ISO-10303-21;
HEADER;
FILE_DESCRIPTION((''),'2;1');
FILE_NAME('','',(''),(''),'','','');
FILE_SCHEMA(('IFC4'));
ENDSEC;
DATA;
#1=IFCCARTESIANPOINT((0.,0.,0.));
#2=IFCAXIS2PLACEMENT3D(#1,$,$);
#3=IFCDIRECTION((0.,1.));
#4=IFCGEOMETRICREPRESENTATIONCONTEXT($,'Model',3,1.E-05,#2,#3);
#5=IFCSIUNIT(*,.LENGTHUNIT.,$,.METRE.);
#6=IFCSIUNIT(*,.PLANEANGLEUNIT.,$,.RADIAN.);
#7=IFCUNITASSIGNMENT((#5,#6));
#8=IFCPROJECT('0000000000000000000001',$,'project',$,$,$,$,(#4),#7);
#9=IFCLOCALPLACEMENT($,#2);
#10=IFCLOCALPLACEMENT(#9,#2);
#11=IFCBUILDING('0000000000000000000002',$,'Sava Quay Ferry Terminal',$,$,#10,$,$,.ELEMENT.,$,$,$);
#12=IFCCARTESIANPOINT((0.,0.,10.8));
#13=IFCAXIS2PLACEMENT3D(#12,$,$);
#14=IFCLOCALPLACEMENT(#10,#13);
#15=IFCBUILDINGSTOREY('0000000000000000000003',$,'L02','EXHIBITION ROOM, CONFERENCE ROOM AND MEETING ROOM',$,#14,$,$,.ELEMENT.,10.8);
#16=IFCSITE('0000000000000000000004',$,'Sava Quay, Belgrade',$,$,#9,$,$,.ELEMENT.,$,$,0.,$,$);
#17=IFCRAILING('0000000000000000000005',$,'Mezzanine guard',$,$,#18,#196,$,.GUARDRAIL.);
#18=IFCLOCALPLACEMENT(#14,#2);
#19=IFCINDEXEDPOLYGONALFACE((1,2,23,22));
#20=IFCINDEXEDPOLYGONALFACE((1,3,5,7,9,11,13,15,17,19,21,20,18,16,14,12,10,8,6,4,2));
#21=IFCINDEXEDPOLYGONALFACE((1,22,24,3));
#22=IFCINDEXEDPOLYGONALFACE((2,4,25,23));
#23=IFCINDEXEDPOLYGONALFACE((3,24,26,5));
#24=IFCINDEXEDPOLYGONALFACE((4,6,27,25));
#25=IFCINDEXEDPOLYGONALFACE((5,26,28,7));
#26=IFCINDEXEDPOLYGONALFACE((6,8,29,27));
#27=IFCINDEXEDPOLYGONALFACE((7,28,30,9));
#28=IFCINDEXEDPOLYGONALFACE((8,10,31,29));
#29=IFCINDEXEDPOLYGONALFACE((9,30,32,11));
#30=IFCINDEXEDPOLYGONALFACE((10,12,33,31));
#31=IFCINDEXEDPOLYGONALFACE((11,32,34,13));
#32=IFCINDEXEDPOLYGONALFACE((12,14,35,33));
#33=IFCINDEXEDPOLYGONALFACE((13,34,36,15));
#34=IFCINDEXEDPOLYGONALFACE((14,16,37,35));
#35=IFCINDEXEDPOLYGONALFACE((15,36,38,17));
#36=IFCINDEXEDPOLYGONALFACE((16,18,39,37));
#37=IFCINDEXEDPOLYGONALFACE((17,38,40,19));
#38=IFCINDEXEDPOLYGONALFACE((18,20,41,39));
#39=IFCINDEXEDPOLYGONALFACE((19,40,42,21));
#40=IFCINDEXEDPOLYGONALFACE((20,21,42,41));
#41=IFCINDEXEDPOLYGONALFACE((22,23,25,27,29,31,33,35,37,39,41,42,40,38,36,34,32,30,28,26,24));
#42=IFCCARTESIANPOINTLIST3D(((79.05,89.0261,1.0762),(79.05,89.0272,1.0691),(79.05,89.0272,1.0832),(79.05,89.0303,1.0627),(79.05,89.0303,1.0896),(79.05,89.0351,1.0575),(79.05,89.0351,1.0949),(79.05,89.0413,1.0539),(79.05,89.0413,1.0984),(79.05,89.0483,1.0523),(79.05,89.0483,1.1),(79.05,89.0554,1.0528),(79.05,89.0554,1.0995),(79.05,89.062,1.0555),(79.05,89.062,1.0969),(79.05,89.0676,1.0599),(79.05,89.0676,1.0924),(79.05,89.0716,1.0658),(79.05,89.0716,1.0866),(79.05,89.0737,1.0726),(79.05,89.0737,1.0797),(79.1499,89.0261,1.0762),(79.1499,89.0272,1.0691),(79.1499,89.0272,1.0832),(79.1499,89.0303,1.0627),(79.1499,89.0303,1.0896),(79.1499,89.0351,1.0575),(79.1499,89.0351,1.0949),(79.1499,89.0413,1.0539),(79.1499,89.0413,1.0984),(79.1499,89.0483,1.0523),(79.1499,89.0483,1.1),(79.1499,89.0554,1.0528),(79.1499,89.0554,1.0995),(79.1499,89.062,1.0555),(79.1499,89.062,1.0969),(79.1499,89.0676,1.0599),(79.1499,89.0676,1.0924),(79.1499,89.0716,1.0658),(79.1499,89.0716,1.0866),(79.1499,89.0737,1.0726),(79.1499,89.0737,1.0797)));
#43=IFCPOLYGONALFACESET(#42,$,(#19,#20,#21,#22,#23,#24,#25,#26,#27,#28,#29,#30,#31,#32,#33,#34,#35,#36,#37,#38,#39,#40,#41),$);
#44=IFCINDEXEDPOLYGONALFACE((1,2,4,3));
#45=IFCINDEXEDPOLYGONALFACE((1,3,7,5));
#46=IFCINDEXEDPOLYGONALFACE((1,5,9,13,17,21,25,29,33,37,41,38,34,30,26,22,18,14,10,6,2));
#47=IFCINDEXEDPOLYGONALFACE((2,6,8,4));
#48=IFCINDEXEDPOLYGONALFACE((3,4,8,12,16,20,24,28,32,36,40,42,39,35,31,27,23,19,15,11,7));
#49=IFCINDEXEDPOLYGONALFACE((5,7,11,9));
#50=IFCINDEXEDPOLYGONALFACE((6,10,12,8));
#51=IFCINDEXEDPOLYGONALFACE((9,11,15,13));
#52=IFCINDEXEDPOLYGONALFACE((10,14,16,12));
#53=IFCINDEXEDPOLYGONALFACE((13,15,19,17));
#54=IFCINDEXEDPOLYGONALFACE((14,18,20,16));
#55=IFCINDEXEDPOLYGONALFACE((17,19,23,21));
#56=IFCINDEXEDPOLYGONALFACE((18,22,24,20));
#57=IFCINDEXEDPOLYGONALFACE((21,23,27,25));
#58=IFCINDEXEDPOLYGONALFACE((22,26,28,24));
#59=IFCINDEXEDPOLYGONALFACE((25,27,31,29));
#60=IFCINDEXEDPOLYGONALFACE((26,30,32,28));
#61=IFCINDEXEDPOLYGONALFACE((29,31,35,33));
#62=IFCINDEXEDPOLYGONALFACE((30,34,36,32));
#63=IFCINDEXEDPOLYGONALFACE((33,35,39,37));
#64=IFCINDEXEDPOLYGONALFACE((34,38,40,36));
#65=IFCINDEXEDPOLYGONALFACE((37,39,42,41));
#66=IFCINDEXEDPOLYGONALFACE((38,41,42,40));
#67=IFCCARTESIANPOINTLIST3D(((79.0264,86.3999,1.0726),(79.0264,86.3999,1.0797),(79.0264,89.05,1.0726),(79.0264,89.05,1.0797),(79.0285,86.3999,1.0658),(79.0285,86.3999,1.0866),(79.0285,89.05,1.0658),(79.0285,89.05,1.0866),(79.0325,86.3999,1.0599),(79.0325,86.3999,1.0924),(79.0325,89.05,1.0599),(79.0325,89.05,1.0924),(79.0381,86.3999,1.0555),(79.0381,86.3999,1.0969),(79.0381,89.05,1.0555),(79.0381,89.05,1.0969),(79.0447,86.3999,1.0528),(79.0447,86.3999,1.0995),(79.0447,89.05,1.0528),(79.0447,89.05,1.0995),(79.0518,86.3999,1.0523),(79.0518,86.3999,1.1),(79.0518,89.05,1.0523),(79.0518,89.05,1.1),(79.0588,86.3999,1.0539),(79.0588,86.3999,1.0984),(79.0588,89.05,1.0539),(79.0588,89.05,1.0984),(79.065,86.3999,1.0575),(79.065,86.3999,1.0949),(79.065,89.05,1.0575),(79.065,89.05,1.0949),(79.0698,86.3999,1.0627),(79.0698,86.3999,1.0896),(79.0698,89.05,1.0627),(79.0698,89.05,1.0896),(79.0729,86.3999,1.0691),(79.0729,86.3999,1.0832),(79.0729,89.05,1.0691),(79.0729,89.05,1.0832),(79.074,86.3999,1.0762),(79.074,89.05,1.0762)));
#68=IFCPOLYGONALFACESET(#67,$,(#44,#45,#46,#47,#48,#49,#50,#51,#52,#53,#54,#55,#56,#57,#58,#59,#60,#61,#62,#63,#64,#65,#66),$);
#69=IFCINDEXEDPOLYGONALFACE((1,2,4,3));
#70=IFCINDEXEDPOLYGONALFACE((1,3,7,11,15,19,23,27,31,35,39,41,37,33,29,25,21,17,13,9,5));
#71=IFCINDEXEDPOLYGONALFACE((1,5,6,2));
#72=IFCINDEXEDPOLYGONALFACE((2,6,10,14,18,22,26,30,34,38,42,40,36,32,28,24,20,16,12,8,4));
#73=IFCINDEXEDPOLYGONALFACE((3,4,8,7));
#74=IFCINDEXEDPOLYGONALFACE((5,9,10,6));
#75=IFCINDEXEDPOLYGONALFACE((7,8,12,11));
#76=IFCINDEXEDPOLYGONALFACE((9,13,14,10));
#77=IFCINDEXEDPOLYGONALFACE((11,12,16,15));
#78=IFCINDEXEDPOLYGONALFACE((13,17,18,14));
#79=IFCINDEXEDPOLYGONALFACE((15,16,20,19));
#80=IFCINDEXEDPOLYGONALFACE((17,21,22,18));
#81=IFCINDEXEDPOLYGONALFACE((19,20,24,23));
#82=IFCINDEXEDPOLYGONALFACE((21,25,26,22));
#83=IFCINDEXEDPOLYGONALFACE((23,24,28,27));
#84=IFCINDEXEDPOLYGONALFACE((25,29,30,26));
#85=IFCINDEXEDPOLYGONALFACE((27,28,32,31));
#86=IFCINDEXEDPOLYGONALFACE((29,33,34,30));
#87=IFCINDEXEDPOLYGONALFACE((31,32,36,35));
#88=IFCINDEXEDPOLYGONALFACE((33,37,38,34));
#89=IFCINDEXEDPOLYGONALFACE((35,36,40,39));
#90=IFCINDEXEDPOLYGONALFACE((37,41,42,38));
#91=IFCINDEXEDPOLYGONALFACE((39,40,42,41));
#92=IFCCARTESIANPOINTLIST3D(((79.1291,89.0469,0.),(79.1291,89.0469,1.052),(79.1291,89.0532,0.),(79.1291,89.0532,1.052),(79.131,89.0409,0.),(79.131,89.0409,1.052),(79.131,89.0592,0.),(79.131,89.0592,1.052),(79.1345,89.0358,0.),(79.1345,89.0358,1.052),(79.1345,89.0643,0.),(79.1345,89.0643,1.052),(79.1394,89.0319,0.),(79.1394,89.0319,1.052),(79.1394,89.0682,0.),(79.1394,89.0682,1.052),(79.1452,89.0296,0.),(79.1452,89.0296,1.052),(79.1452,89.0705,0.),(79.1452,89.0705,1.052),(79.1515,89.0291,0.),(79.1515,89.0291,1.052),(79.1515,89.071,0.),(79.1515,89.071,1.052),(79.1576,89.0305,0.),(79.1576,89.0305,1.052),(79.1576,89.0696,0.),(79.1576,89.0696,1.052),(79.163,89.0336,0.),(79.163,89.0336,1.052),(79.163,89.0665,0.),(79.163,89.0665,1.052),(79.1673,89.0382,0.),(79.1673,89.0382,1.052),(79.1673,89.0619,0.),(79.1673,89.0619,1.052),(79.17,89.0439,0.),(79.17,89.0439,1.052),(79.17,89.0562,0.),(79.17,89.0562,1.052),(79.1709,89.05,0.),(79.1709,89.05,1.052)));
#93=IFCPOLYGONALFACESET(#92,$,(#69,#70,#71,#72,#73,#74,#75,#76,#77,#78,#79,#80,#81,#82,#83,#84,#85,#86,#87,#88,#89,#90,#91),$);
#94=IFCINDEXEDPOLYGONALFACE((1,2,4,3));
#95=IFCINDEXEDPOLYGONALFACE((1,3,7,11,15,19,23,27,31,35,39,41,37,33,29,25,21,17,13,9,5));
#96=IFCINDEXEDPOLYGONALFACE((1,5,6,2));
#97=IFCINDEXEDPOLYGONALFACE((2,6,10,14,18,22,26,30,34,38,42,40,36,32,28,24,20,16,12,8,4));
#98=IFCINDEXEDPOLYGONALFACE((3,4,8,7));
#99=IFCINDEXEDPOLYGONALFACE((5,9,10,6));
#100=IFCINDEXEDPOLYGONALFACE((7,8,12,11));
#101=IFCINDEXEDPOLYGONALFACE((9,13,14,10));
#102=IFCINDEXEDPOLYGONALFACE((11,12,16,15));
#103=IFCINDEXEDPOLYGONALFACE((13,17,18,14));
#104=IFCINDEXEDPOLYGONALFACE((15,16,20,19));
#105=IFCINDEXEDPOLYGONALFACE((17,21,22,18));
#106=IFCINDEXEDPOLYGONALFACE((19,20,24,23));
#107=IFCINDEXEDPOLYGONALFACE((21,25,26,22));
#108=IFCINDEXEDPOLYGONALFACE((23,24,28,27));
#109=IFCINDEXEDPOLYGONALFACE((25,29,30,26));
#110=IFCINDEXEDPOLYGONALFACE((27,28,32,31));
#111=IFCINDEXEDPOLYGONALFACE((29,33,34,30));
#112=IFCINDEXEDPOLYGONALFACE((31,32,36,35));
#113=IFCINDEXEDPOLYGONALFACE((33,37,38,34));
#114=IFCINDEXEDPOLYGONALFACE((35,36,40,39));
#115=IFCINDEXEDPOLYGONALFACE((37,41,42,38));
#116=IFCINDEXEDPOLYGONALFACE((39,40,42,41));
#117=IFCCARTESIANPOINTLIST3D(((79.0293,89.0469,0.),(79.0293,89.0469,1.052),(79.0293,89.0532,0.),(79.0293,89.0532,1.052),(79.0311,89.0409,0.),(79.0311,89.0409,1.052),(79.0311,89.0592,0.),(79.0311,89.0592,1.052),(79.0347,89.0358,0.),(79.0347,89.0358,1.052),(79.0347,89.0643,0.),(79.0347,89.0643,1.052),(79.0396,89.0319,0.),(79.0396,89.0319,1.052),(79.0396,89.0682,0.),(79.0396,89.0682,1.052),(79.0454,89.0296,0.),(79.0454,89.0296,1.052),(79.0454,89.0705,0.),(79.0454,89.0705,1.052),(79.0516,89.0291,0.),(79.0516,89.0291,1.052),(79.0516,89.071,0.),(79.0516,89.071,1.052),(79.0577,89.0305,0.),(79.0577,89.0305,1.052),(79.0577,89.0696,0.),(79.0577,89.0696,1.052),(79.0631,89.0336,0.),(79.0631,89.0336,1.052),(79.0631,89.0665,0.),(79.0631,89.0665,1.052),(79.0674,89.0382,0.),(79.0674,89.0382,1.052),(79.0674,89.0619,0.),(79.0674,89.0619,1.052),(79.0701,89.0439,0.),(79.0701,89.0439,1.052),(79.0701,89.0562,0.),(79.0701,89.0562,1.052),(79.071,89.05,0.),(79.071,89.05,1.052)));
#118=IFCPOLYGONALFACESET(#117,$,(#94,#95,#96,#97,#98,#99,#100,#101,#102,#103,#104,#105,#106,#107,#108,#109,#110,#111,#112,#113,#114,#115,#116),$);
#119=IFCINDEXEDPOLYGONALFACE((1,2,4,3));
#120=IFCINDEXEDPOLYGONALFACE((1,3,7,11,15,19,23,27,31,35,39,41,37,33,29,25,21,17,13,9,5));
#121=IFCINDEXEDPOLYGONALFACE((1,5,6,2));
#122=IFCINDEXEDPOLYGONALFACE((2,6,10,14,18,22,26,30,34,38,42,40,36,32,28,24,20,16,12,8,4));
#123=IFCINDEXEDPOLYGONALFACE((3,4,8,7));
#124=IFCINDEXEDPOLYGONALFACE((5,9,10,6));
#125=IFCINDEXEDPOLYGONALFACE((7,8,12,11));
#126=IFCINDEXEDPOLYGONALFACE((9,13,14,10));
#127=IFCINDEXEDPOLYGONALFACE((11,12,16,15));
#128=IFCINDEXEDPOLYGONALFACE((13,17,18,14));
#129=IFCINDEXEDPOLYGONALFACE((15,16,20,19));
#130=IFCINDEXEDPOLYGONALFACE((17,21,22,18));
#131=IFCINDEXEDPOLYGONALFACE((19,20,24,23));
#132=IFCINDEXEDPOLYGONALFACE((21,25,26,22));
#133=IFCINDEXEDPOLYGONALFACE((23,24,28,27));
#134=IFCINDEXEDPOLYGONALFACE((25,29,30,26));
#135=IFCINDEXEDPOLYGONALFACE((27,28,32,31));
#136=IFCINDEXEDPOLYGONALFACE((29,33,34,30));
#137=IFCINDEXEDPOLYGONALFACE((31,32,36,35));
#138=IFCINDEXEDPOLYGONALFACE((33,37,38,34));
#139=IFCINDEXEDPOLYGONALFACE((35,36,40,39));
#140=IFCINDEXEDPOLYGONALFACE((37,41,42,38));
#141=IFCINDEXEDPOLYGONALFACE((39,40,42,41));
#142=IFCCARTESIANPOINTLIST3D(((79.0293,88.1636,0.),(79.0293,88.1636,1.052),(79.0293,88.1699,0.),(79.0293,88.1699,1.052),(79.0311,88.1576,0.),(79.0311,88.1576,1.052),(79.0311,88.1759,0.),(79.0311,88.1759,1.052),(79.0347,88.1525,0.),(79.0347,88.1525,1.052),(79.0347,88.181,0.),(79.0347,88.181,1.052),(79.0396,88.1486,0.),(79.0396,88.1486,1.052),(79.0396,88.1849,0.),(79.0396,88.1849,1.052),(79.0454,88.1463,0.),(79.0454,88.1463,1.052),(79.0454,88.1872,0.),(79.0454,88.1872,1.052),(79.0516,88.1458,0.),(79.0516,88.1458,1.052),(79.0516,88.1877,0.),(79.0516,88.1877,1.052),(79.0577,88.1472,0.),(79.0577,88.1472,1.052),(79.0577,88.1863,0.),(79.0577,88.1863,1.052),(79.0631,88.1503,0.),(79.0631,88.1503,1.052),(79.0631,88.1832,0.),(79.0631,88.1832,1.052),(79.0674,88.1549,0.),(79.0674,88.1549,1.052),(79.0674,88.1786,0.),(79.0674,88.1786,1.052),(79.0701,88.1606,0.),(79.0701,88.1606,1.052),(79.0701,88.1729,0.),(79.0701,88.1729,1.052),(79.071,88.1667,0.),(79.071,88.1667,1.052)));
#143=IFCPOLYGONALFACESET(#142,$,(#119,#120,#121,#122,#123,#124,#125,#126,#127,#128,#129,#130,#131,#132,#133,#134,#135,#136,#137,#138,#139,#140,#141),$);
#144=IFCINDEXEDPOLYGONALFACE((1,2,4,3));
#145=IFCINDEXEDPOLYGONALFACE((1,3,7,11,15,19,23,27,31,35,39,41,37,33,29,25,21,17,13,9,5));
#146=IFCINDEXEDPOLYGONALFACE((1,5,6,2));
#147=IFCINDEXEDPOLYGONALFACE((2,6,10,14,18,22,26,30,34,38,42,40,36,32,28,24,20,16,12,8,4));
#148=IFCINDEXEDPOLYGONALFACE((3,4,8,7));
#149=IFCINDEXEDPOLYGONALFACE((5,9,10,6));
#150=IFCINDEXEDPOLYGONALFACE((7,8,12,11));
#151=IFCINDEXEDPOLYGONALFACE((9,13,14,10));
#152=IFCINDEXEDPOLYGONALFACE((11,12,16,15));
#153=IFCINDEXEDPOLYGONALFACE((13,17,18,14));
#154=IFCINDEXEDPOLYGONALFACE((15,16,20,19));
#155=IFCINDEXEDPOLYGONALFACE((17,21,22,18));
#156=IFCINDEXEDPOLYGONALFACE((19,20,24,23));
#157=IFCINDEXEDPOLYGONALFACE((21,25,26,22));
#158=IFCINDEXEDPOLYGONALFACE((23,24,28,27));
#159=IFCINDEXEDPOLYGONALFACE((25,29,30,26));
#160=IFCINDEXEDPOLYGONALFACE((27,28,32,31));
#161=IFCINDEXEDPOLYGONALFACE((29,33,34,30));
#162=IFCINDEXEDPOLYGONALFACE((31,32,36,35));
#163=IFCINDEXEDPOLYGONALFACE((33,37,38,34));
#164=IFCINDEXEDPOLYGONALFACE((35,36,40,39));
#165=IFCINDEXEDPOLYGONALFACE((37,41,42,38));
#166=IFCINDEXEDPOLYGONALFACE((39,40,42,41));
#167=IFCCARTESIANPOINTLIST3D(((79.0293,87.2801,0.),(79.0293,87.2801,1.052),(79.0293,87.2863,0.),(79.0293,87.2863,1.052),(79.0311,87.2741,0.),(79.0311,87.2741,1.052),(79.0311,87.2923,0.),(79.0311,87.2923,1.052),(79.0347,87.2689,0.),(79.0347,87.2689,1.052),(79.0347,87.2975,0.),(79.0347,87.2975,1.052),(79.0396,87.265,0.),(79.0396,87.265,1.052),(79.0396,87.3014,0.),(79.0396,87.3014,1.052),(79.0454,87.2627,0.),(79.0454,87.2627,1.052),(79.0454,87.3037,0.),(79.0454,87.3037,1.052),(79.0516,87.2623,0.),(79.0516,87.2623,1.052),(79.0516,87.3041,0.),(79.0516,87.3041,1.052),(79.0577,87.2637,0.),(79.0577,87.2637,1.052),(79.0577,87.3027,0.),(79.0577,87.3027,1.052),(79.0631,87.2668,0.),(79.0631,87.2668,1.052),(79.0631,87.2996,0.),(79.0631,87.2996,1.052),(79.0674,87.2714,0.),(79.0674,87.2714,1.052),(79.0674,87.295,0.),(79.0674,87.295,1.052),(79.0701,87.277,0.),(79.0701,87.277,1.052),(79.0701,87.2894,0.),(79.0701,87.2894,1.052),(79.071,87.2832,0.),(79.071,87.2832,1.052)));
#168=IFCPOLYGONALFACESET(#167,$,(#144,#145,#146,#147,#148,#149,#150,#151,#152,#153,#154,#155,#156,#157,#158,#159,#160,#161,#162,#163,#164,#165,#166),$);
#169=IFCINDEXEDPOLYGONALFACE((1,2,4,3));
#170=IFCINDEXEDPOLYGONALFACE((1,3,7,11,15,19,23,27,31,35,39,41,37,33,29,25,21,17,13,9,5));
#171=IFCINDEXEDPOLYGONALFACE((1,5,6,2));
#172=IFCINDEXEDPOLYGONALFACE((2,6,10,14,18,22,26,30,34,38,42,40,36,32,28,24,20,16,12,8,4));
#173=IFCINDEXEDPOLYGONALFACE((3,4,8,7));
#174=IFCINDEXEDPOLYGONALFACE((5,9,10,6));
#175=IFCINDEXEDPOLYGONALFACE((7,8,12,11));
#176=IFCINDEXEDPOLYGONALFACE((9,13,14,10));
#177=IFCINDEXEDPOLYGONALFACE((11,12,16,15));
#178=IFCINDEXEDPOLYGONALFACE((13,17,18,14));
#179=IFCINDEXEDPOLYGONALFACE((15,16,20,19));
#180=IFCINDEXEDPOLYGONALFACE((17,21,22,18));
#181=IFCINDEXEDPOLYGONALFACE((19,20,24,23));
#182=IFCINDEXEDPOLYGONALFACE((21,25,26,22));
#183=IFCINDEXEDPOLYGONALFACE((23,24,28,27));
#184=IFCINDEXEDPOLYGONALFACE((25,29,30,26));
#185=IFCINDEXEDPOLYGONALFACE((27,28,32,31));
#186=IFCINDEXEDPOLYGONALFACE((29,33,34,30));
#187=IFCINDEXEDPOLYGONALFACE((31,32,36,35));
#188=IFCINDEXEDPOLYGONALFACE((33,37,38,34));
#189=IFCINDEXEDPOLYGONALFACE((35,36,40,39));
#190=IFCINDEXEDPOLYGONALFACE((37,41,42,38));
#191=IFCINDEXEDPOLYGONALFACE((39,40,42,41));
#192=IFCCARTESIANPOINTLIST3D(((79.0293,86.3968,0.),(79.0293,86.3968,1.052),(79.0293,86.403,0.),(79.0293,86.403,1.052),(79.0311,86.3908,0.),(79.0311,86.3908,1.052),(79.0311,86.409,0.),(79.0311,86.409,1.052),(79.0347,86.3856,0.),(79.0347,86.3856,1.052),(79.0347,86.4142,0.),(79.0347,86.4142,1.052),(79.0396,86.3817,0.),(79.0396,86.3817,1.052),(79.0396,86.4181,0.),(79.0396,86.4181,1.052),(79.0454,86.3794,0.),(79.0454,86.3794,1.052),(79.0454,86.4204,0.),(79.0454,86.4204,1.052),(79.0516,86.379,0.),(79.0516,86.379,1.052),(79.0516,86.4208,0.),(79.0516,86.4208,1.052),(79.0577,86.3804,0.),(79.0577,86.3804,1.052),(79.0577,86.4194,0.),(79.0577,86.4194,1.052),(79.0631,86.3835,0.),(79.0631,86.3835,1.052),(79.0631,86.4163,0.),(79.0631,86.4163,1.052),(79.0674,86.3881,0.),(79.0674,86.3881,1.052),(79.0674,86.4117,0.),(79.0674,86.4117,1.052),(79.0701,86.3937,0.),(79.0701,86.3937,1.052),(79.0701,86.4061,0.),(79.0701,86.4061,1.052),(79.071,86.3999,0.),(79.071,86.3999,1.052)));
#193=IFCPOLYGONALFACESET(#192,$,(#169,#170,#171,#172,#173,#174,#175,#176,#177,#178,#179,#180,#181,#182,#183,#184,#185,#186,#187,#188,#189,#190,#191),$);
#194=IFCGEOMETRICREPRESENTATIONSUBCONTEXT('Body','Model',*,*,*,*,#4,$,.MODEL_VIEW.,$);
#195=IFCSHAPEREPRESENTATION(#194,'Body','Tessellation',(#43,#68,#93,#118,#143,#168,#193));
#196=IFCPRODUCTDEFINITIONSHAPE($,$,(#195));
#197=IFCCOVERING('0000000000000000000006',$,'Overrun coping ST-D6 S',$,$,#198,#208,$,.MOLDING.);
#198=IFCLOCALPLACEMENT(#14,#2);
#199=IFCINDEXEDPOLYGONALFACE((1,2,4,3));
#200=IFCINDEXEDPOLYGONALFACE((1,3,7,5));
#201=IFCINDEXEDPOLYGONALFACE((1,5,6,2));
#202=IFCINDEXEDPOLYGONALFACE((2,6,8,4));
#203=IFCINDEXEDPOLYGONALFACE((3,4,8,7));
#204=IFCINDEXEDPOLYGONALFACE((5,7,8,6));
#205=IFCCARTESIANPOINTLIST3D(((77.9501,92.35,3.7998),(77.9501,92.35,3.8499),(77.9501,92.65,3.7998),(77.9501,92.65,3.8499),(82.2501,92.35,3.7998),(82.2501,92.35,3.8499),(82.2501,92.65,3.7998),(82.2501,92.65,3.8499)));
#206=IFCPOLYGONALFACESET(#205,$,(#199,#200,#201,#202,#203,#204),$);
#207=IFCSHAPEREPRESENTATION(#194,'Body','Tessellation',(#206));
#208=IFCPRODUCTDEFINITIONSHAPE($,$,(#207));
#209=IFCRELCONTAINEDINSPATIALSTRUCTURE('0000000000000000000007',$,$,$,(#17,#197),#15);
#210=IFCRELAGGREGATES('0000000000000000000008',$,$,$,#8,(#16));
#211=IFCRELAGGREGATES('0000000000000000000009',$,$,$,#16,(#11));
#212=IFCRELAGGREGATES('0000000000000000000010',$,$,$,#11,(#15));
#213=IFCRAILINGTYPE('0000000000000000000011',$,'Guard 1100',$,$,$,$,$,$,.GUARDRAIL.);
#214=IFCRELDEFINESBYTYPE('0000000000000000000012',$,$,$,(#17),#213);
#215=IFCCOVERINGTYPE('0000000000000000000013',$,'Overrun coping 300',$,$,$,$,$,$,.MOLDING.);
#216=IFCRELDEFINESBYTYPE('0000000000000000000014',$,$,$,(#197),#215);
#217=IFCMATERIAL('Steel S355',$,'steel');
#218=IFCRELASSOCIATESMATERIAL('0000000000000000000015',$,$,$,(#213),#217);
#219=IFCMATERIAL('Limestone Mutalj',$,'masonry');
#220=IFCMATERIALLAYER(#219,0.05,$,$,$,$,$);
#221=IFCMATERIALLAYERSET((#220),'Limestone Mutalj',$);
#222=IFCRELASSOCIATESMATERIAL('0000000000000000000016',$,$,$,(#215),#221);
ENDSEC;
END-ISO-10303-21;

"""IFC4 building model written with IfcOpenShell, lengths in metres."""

from ifc_helpers import new_model, si_unit, direction, frame, origin, origin_2d, place, context, subcontext, project, spatial, rectangle, circle, extrude, material, layer, layer_set, type_object, element, save


model = new_model("IFC4")

# Units and contexts
model_context = context("Model", 3, precision=1e-05, world=origin(), true_north=direction((0.0, 1.0)))
body_context = subcontext(model_context, "Body", "Model", "MODEL_VIEW")
ifc_project = project(units=[si_unit("LENGTHUNIT", "METRE"), si_unit("PLANEANGLEUNIT", "RADIAN")], contexts=[model_context])

# Site, building, storey
site_placement = place(None, origin())
site = spatial("IfcSite", under=ifc_project, at=site_placement, Name="Sava Quay, Belgrade", CompositionType="ELEMENT", RefElevation=0.0)
building_placement = place(site_placement, origin())
building = spatial("IfcBuilding", under=site, at=building_placement, Name="Sava Quay Ferry Terminal", CompositionType="ELEMENT")
storey_placement = place(building_placement, frame((0.0, 0.0, 10.8)))
storey = spatial("IfcBuildingStorey", under=building, at=storey_placement, Name="L02", Description="EXHIBITION ROOM, CONFERENCE ROOM AND MEETING ROOM", CompositionType="ELEMENT", Elevation=10.8)

# Railing
ifc_material_1 = material(Name="Steel S355", Category="steel")
railing_type = type_object("IfcRailingType", Name="Guard 1100", PredefinedType="GUARDRAIL", material=ifc_material_1)
railing_1_placement = place(storey_placement, frame((79.1499, 89.05, 0.0)))
element("IfcRailing", 1, at=railing_1_placement, inside=storey, type_object=railing_type, Name="Mezzanine guard", PredefinedType="GUARDRAIL", context=body_context, shape_type="SweptSolid", body=[
    extrude(circle(Radius=0.0239, at=origin_2d()), frame((0.0, 0.0, 1.0762), z_axis=(-1.0, 0.0, 0.0), x_axis=(0.0, -1.0, 0.0)), (0.0, 0.0, 1.0), 0.0999),
    extrude(circle(Radius=0.0239, at=origin_2d()), frame((-0.0999, 0.0, 1.0762), z_axis=(0.0, -1.0, 0.0), x_axis=(1.0, 0.0, 0.0)), (0.0, 0.0, 1.0), 2.6501),
    extrude(circle(Radius=0.021, at=origin_2d()), origin(), (0.0, 0.0, 1.0), 1.052),
    extrude(circle(Radius=0.021, at=origin_2d()), frame((-0.0999, 0.0, 0.0)), (0.0, 0.0, 1.0), 1.052),
    extrude(circle(Radius=0.021, at=origin_2d()), frame((-0.0999, -0.8833, 0.0)), (0.0, 0.0, 1.0), 1.052),
    extrude(circle(Radius=0.021, at=origin_2d()), frame((-0.0999, -1.7668, 0.0)), (0.0, 0.0, 1.0), 1.052),
    extrude(circle(Radius=0.021, at=origin_2d()), frame((-0.0999, -2.6501, 0.0)), (0.0, 0.0, 1.0), 1.052),
])

# Covering
ifc_material_2 = material(Name="Limestone Mutalj", Category="masonry")
ifc_layer_1 = layer(ifc_material_2, 0.05)
ifc_layer_set_1 = layer_set([ifc_layer_1], Name="Limestone Mutalj")
covering_type_1 = type_object("IfcCoveringType", Name="Overrun coping 300", PredefinedType="MOLDING", material=ifc_layer_set_1)
covering_1_placement = place(storey_placement, frame((80.1001, 92.5, 3.7998), z_axis=(0.0, 0.0, 1.0), x_axis=(1.0, 0.0, 0.0)))
element("IfcCovering", 2, at=covering_1_placement, inside=storey, type_object=covering_type_1, Name="Overrun coping ST-D6 S", PredefinedType="MOLDING", context=body_context, shape_type="SweptSolid", body=[
    extrude(rectangle(XDim=4.3, YDim=0.3, at=origin_2d()), origin(), (0.0, 0.0, 1.0), 0.05),
])

save(model, "model.ifc")
